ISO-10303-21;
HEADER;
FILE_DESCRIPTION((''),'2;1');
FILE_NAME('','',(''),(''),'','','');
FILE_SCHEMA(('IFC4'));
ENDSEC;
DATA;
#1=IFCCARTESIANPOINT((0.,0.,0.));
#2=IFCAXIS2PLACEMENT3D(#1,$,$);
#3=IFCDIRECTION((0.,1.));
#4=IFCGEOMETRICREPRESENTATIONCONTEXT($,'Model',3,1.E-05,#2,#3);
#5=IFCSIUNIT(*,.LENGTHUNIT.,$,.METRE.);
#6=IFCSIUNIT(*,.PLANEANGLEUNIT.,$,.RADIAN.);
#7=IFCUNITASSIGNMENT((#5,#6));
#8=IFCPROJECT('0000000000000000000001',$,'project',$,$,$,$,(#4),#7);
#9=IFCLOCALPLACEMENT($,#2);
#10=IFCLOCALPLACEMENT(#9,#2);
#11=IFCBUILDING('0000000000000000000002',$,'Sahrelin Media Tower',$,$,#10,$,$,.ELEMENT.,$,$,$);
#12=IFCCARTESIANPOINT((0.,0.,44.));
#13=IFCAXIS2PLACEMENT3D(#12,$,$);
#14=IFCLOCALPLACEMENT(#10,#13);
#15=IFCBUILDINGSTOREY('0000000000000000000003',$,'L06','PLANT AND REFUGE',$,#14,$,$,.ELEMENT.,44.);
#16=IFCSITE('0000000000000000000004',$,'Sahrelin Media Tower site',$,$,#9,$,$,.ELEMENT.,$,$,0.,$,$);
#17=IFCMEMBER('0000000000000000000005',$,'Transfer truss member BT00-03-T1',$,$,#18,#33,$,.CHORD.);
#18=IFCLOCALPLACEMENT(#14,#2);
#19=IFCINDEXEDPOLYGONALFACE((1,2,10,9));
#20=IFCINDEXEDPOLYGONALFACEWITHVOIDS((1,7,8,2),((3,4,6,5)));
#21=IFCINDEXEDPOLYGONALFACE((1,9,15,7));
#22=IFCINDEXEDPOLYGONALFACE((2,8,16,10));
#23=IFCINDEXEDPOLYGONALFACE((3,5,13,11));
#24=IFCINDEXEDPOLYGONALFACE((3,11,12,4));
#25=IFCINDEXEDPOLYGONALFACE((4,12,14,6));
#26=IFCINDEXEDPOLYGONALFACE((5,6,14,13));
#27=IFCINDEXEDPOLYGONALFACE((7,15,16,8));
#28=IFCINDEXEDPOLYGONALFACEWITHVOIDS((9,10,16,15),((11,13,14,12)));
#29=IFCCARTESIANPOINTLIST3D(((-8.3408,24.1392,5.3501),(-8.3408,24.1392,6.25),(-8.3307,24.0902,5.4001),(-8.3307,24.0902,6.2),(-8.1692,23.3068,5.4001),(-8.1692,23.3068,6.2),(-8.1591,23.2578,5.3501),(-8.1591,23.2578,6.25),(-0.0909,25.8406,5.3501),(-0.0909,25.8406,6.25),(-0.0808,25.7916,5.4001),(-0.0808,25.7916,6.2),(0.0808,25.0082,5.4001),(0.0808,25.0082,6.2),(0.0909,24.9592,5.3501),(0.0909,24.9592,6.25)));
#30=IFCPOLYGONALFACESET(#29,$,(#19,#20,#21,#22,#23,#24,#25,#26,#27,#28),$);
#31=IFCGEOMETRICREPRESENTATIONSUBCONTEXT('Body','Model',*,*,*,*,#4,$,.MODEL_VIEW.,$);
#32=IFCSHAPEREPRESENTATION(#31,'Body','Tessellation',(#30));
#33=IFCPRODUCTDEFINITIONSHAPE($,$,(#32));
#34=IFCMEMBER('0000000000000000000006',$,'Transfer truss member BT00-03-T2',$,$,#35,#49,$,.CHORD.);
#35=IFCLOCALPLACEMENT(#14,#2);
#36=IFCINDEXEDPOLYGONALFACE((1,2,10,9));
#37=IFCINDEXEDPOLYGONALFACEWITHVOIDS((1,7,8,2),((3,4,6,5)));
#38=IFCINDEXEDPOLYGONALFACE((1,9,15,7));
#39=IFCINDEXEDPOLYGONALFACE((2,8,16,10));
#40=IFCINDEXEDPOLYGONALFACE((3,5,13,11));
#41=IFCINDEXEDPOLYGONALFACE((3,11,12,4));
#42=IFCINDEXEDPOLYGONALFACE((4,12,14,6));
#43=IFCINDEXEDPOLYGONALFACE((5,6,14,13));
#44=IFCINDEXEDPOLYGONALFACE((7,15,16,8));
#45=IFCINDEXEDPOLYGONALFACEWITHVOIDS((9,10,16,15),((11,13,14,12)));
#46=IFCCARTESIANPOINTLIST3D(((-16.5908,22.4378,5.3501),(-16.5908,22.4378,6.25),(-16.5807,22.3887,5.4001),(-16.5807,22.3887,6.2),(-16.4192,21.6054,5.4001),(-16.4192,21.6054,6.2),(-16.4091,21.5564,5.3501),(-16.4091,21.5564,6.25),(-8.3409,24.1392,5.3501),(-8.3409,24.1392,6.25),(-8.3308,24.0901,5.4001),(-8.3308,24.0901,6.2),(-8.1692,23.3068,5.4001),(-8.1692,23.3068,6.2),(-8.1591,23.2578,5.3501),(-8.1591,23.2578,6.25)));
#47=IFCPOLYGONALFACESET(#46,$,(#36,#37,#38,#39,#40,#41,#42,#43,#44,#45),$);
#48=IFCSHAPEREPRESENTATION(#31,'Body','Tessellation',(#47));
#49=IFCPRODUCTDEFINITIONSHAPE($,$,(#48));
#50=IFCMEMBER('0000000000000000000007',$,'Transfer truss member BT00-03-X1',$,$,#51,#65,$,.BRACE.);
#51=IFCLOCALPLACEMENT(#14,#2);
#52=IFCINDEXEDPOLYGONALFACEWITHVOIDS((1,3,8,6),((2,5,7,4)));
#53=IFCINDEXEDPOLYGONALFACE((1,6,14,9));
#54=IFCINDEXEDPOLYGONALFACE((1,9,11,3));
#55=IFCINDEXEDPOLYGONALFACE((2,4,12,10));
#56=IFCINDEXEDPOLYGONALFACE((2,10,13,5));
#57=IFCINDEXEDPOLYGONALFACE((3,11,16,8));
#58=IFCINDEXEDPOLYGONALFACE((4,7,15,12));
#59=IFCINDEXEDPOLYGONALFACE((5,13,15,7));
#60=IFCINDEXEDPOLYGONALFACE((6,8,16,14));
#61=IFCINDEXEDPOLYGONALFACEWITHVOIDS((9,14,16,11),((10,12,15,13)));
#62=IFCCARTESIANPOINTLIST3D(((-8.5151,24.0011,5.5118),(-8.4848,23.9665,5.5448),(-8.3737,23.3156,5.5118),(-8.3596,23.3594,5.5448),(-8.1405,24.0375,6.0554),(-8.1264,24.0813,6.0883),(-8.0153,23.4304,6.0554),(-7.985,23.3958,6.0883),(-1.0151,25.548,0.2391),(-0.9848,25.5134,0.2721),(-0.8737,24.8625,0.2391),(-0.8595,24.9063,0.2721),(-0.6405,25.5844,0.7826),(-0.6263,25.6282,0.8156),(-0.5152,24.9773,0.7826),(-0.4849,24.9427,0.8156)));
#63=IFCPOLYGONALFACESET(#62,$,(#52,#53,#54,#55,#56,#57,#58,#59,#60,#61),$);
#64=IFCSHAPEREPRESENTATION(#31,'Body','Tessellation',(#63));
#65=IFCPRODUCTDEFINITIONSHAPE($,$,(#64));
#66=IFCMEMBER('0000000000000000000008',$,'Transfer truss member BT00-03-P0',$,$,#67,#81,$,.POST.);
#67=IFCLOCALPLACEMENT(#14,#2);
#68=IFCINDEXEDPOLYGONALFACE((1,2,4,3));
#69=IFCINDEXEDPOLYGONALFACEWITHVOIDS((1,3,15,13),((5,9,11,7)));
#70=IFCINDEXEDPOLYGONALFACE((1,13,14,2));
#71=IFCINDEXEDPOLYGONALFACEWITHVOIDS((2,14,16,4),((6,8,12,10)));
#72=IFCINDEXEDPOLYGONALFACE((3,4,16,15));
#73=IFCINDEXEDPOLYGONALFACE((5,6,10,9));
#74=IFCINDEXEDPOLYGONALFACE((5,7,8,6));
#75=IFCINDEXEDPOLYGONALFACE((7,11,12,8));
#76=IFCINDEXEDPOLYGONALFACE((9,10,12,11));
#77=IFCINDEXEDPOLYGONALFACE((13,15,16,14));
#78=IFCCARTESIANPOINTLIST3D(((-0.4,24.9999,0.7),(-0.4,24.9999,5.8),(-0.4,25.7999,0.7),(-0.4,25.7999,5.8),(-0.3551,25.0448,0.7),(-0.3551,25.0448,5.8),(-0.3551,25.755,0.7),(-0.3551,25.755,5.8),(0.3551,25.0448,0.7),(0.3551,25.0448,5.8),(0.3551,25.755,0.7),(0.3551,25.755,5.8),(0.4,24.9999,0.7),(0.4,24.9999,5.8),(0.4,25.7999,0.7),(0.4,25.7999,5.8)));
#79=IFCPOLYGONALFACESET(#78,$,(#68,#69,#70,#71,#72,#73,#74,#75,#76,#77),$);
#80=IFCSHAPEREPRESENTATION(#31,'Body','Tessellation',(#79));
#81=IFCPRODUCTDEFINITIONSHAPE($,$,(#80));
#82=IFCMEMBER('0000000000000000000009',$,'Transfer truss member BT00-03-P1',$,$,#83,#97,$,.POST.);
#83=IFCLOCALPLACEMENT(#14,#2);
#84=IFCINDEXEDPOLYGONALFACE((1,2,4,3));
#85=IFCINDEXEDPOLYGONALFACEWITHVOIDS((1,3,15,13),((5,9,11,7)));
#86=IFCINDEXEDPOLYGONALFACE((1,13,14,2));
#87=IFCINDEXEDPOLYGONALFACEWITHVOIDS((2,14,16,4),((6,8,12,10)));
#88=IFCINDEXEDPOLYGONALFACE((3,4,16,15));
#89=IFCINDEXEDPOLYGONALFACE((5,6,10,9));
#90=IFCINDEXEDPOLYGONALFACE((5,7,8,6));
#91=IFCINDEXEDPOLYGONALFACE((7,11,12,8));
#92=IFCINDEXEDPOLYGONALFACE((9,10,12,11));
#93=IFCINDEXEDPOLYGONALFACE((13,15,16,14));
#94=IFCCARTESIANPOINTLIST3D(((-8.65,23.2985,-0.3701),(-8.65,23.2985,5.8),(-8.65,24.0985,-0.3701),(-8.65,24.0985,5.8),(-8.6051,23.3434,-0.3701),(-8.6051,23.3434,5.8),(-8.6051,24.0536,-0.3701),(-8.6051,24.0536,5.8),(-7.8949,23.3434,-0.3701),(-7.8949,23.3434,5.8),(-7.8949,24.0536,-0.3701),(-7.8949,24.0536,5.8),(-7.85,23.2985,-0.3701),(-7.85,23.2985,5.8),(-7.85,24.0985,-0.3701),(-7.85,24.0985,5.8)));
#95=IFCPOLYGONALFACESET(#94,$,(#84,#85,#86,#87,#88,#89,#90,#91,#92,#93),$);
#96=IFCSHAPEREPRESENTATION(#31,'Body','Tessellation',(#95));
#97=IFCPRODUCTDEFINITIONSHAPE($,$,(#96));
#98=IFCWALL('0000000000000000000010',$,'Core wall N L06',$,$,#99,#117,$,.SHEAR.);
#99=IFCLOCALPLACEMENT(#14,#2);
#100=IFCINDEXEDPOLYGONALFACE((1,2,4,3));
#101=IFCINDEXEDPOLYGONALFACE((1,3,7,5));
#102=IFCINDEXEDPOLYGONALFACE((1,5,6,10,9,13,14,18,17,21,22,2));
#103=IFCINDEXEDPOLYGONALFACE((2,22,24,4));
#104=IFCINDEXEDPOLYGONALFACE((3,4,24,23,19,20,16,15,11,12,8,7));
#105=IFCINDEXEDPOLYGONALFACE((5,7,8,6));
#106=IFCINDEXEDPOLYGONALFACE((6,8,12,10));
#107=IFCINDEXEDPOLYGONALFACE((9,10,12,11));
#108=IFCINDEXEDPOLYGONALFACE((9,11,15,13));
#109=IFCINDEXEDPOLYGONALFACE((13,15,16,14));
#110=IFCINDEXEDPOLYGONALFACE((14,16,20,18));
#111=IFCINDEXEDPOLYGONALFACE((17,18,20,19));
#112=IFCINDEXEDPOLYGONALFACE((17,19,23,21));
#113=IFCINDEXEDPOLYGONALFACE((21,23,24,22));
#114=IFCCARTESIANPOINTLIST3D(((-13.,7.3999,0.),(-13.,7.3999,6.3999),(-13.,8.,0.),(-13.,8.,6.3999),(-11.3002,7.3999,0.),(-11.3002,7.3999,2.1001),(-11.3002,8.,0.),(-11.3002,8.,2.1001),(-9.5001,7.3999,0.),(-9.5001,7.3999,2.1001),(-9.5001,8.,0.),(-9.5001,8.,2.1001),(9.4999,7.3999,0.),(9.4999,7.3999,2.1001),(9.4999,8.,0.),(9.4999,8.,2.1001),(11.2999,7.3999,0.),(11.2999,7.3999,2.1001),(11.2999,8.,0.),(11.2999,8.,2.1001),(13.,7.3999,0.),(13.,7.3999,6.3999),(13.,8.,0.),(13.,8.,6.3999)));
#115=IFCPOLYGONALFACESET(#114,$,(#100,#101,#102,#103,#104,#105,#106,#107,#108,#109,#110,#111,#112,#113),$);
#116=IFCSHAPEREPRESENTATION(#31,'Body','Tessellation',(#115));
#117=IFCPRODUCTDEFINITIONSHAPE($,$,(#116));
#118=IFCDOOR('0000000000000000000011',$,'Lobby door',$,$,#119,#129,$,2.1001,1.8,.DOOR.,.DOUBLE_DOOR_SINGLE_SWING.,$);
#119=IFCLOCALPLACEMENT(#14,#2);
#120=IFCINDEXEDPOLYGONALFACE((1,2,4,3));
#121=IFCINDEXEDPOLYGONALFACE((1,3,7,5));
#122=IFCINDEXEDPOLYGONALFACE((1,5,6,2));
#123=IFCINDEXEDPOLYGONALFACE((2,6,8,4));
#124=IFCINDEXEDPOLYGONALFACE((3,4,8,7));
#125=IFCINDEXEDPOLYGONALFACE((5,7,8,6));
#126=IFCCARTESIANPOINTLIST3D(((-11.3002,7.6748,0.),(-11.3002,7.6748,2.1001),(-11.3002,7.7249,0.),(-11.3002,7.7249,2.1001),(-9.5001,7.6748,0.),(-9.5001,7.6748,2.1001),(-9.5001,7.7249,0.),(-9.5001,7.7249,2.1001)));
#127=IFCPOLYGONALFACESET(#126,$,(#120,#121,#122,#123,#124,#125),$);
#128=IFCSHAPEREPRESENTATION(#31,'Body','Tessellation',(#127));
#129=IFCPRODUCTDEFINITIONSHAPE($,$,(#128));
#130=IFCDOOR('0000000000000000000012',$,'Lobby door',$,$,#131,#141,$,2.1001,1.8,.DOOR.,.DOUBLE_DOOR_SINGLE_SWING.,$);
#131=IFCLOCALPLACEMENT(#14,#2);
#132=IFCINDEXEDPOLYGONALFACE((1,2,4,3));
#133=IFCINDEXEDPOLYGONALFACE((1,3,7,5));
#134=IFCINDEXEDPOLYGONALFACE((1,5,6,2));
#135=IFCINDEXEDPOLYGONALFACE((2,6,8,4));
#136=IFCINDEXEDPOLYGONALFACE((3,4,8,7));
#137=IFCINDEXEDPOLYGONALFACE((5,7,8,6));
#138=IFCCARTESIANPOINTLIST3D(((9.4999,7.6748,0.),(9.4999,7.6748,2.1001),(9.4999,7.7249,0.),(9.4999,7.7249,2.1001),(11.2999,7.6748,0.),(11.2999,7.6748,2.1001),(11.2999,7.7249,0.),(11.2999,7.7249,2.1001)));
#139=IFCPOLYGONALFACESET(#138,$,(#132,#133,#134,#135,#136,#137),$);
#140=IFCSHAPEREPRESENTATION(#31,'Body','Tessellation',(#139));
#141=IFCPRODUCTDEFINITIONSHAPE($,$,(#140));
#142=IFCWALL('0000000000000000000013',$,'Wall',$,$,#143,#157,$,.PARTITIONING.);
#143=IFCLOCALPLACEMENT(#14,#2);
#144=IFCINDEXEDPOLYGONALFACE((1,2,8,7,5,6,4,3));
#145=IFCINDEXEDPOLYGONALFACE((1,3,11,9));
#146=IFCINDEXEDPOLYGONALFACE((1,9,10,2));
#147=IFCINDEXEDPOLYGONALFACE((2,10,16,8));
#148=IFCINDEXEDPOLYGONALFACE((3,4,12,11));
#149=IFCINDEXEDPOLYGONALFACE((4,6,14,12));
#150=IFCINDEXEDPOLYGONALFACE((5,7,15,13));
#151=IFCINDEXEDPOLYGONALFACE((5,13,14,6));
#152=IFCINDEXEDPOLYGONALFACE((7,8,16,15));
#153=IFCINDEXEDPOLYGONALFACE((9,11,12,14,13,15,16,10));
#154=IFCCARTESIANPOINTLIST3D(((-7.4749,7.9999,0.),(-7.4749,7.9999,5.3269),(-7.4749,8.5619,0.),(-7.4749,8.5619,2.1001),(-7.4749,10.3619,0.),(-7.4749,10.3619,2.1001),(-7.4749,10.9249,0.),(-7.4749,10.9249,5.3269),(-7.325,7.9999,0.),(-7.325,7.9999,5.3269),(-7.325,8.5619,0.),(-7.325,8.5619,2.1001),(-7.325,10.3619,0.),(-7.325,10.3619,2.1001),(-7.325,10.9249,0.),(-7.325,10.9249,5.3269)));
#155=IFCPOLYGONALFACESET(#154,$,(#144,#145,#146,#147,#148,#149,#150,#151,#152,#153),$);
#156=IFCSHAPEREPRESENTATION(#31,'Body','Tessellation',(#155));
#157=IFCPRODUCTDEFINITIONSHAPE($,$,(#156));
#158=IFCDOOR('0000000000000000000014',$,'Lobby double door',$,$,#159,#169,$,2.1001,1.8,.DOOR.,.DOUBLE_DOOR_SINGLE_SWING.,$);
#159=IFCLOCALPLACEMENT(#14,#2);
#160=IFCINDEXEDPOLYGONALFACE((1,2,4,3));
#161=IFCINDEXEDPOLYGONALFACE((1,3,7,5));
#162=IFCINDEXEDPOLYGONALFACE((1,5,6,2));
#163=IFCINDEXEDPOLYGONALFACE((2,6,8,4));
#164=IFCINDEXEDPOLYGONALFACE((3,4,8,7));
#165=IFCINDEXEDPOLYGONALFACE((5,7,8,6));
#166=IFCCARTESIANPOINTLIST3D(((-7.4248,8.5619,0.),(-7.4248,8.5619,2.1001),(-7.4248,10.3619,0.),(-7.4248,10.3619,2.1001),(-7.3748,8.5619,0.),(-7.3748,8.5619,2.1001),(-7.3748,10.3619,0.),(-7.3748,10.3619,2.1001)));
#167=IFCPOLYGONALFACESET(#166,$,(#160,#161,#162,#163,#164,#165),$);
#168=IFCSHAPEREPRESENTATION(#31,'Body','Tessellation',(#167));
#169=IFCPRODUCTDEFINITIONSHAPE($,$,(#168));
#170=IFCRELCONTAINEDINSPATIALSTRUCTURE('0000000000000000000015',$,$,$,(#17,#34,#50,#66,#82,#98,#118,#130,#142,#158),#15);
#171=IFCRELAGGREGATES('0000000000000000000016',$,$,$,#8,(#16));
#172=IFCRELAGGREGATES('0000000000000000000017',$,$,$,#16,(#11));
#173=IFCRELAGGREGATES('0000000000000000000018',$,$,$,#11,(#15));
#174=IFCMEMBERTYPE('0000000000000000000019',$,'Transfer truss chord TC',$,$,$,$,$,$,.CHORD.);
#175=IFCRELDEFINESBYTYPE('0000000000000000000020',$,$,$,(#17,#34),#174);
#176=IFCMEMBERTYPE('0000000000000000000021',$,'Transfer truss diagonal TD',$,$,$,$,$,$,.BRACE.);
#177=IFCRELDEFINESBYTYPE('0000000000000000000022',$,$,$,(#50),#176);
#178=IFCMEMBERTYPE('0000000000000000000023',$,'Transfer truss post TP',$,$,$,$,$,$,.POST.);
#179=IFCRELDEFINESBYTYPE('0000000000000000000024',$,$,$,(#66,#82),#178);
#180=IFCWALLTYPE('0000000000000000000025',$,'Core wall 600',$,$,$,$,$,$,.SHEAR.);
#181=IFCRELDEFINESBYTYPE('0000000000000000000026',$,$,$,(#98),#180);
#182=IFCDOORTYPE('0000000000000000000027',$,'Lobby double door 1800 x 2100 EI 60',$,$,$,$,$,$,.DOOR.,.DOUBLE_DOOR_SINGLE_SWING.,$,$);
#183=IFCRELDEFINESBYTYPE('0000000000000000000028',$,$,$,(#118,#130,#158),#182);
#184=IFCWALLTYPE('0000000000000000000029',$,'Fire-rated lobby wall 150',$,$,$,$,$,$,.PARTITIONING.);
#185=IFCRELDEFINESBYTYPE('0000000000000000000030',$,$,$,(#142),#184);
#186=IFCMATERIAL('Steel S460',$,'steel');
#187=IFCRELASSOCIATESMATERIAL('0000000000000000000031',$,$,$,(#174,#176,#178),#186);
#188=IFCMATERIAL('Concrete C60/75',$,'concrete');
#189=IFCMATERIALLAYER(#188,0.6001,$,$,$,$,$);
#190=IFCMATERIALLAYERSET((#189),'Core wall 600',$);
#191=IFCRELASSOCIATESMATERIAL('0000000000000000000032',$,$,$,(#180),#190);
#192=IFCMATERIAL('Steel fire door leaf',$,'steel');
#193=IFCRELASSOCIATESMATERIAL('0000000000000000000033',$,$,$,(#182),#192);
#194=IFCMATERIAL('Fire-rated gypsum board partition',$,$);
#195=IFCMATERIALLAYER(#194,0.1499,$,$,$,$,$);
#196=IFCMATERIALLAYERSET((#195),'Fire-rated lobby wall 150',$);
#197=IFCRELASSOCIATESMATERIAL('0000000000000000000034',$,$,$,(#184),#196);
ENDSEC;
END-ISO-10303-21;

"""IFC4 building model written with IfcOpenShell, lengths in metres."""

from ifc_helpers import new_model, si_unit, direction, frame, frame_2d, origin, origin_2d, place, context, subcontext, project, spatial, rectangle, hollow_rectangle, extrude, material, layer, layer_set, material_profile, profile_set, type_object, element, fill, save


model = new_model("IFC4")

# Units and contexts
model_context = context("Model", 3, precision=1e-05, world=origin(), true_north=direction((0.0, 1.0)))
body_context = subcontext(model_context, "Body", "Model", "MODEL_VIEW")
ifc_project = project(units=[si_unit("LENGTHUNIT", "METRE"), si_unit("PLANEANGLEUNIT", "RADIAN")], contexts=[model_context])

# Site, building, storey
site_placement = place(None, origin())
site = spatial("IfcSite", under=ifc_project, at=site_placement, Name="Sahrelin Media Tower site", CompositionType="ELEMENT", RefElevation=0.0)
building_placement = place(site_placement, origin())
building = spatial("IfcBuilding", under=site, at=building_placement, Name="Sahrelin Media Tower", CompositionType="ELEMENT")
storey_placement = place(building_placement, frame((0.0, 0.0, 44.0)))
storey = spatial("IfcBuildingStorey", under=building, at=storey_placement, Name="L06", Description="PLANT AND REFUGE", CompositionType="ELEMENT", Elevation=44.0)

# Shared definitions
ifc_material_1 = material(Name="Steel S460", Category="steel")

# Members
ifc_material_profile_1 = material_profile(ifc_material_1, hollow_rectangle(XDim=0.8999, YDim=0.8999, WallThickness=0.05, at=origin_2d()), Name="Transfer truss chord TC")
ifc_profile_set_1 = profile_set([ifc_material_profile_1], Name="Steel S460")
member_type_1 = type_object("IfcMemberType", Name="Transfer truss chord TC", PredefinedType="CHORD", material=ifc_profile_set_1)
for number, where, z_axis, x_axis, name in (
    (1, (0.0, 25.3999, 5.8), (-0.979389, -0.201982, 0.0), (0.201982, -0.979389, 0.0), "Transfer truss member BT00-03-T1"),
    (2, (-8.25, 23.6985, 5.8), (-0.979389, -0.201982, 0.0), (0.201982, -0.979389, 0.0), "Transfer truss member BT00-03-T2"),
):
    element("IfcMember", number, at=place(storey_placement, frame(where, z_axis=z_axis, x_axis=x_axis)), inside=storey, type_object=member_type_1, Name=name, PredefinedType="CHORD", context=body_context, shape_type="SweptSolid", body=[
        extrude(hollow_rectangle(XDim=0.8999, YDim=0.8999, WallThickness=0.05, at=origin_2d()), origin(), (0.0, 0.0, 1.0), 8.4236),
    ])
ifc_material_profile_2 = material_profile(ifc_material_1, hollow_rectangle(XDim=0.7, YDim=0.7, WallThickness=0.04, at=origin_2d()), Name="Transfer truss diagonal TD")
ifc_profile_set_2 = profile_set([ifc_material_profile_2], Name="Steel S460")
member_type_2 = type_object("IfcMemberType", Name="Transfer truss diagonal TD", PredefinedType="BRACE", material=ifc_profile_set_2)
member_1_placement = place(storey_placement, frame((-0.75, 25.2454, 0.5273), z_axis=(-0.806665, -0.166375, 0.567108), x_axis=(0.201998, -0.979386, 0.0)))
element("IfcMember", 3, at=member_1_placement, inside=storey, type_object=member_type_2, Name="Transfer truss member BT00-03-X1", PredefinedType="BRACE", context=body_context, shape_type="SweptSolid", body=[
    extrude(hollow_rectangle(XDim=0.7, YDim=0.7, WallThickness=0.04, at=origin_2d()), origin(), (0.0, 0.0, 1.0), 9.2976),
])
ifc_material_profile_3 = material_profile(ifc_material_1, hollow_rectangle(XDim=0.8, YDim=0.8, WallThickness=0.0449, at=origin_2d()), Name="Transfer truss post TP")
ifc_profile_set_3 = profile_set([ifc_material_profile_3], Name="Steel S460")
member_type_3 = type_object("IfcMemberType", Name="Transfer truss post TP", PredefinedType="POST", material=ifc_profile_set_3)
member_2_placement = place(storey_placement, frame((0.0, 25.3999, 0.7), z_axis=(0.0, 0.0, 1.0), x_axis=(1.0, 0.0, 0.0)))
element("IfcMember", 4, at=member_2_placement, inside=storey, type_object=member_type_3, Name="Transfer truss member BT00-03-P0", PredefinedType="POST", context=body_context, shape_type="SweptSolid", body=[
    extrude(hollow_rectangle(XDim=0.8, YDim=0.8, WallThickness=0.0449, at=origin_2d()), origin(), (0.0, 0.0, 1.0), 5.1001),
])
member_3_placement = place(storey_placement, frame((-8.25, 23.6985, -0.3701), z_axis=(0.0, 0.0, 1.0), x_axis=(1.0, 0.0, 0.0)))
element("IfcMember", 5, at=member_3_placement, inside=storey, type_object=member_type_3, Name="Transfer truss member BT00-03-P1", PredefinedType="POST", context=body_context, shape_type="SweptSolid", body=[
    extrude(hollow_rectangle(XDim=0.8, YDim=0.8, WallThickness=0.0449, at=origin_2d()), origin(), (0.0, 0.0, 1.0), 6.1702),
])

# Wall, openings, doors
ifc_material_2 = material(Name="Concrete C60/75", Category="concrete")
ifc_layer_1 = layer(ifc_material_2, 0.6001)
ifc_layer_set_1 = layer_set([ifc_layer_1], Name="Core wall 600")
wall_type_1 = type_object("IfcWallType", Name="Core wall 600", PredefinedType="SHEAR", material=ifc_layer_set_1)
wall_1_placement = place(storey_placement, frame((-13.0, 7.7, 0.0), z_axis=(0.0, 0.0, 1.0), x_axis=(1.0, 0.0, 0.0)))
wall_1 = element("IfcWall", 6, at=wall_1_placement, inside=storey, type_object=wall_type_1, Name="Core wall N L06", PredefinedType="SHEAR", context=body_context, shape_type="SweptSolid", body=[
    extrude(rectangle(XDim=26.0, YDim=0.6001, at=frame_2d((13.0, 0.0))), origin(), (0.0, 0.0, 1.0), 6.3999),
])
opening_1_placement = place(wall_1_placement, frame((1.7, 0.0, 0.0)))
opening_1 = element("IfcOpeningElement", 7, at=opening_1_placement, cuts=wall_1, PredefinedType="OPENING", context=body_context, shape_type="SweptSolid", body=[
    extrude(rectangle(XDim=1.8, YDim=2.1001, at=frame_2d((0.8999, 1.05))), frame((0.0, 0.3, 0.0), z_axis=(0.0, -1.0, 0.0), x_axis=(1.0, 0.0, 0.0)), (0.0, 0.0, 1.0), 0.6001),
])
opening_2_placement = place(wall_1_placement, frame((22.5, 0.0, 0.0)))
opening_2 = element("IfcOpeningElement", 8, at=opening_2_placement, cuts=wall_1, PredefinedType="OPENING", context=body_context, shape_type="SweptSolid", body=[
    extrude(rectangle(XDim=1.8, YDim=2.1001, at=frame_2d((0.8999, 1.05))), frame((0.0, 0.3, 0.0), z_axis=(0.0, -1.0, 0.0), x_axis=(1.0, 0.0, 0.0)), (0.0, 0.0, 1.0), 0.6001),
])
ifc_material_3 = material(Name="Steel fire door leaf", Category="steel")
door_type = type_object("IfcDoorType", Name="Lobby double door 1800 x 2100 EI 60", OperationType="DOUBLE_DOOR_SINGLE_SWING", PredefinedType="DOOR", material=ifc_material_3)
door_1_placement = place(opening_1_placement, origin())
door_1 = element("IfcDoor", 9, at=door_1_placement, inside=storey, type_object=door_type, Name="Lobby door", OperationType="DOUBLE_DOOR_SINGLE_SWING", OverallHeight=2.1001, OverallWidth=1.8, PredefinedType="DOOR", context=body_context, shape_type="SweptSolid", body=[
    extrude(rectangle(XDim=1.8, YDim=2.1001, at=frame_2d((0.8999, 1.05))), frame((0.0, 0.0249, 0.0), z_axis=(0.0, -1.0, 0.0), x_axis=(1.0, 0.0, 0.0)), (0.0, 0.0, 1.0), 0.05),
])
fill(opening_1, door_1)
door_2_placement = place(opening_2_placement, origin())
door_2 = element("IfcDoor", 10, at=door_2_placement, inside=storey, type_object=door_type, Name="Lobby door", OperationType="DOUBLE_DOOR_SINGLE_SWING", OverallHeight=2.1001, OverallWidth=1.8, PredefinedType="DOOR", context=body_context, shape_type="SweptSolid", body=[
    extrude(rectangle(XDim=1.8, YDim=2.1001, at=frame_2d((0.8999, 1.05))), frame((0.0, 0.0249, 0.0), z_axis=(0.0, -1.0, 0.0), x_axis=(1.0, 0.0, 0.0)), (0.0, 0.0, 1.0), 0.05),
])
fill(opening_2, door_2)

# Wall, opening, door
ifc_material_4 = material(Name="Fire-rated gypsum board partition")
ifc_layer_2 = layer(ifc_material_4, 0.1499)
ifc_layer_set_2 = layer_set([ifc_layer_2], Name="Fire-rated lobby wall 150")
wall_type_2 = type_object("IfcWallType", Name="Fire-rated lobby wall 150", PredefinedType="PARTITIONING", material=ifc_layer_set_2)
wall_2_placement = place(storey_placement, frame((-7.3999, 8.0, 0.0), z_axis=(0.0, 0.0, 1.0), x_axis=(0.0, 1.0, 0.0)))
wall_2 = element("IfcWall", 11, at=wall_2_placement, inside=storey, type_object=wall_type_2, Name="Wall", PredefinedType="PARTITIONING", context=body_context, shape_type="SweptSolid", body=[
    extrude(rectangle(XDim=2.925, YDim=0.1499, at=frame_2d((1.4624, 0.0))), origin(), (0.0, 0.0, 1.0), 5.3269),
])
opening_3_placement = place(wall_2_placement, frame((0.562, 0.0, 0.0)))
opening_3 = element("IfcOpeningElement", 12, at=opening_3_placement, cuts=wall_2, PredefinedType="OPENING", context=body_context, shape_type="SweptSolid", body=[
    extrude(rectangle(XDim=1.8, YDim=2.1001, at=frame_2d((0.8999, 1.05))), frame((0.0, 0.075, 0.0), z_axis=(0.0, -1.0, 0.0), x_axis=(1.0, 0.0, 0.0)), (0.0, 0.0, 1.0), 0.1499),
])
door_3_placement = place(opening_3_placement, origin())
door_3 = element("IfcDoor", 13, at=door_3_placement, inside=storey, type_object=door_type, Name="Lobby double door", OperationType="DOUBLE_DOOR_SINGLE_SWING", OverallHeight=2.1001, OverallWidth=1.8, PredefinedType="DOOR", context=body_context, shape_type="SweptSolid", body=[
    extrude(rectangle(XDim=1.8, YDim=2.1001, at=frame_2d((0.8999, 1.05))), frame((0.0, 0.0249, 0.0), z_axis=(0.0, -1.0, 0.0), x_axis=(1.0, 0.0, 0.0)), (0.0, 0.0, 1.0), 0.05),
])
fill(opening_3, door_3)

save(model, "model.ifc")
